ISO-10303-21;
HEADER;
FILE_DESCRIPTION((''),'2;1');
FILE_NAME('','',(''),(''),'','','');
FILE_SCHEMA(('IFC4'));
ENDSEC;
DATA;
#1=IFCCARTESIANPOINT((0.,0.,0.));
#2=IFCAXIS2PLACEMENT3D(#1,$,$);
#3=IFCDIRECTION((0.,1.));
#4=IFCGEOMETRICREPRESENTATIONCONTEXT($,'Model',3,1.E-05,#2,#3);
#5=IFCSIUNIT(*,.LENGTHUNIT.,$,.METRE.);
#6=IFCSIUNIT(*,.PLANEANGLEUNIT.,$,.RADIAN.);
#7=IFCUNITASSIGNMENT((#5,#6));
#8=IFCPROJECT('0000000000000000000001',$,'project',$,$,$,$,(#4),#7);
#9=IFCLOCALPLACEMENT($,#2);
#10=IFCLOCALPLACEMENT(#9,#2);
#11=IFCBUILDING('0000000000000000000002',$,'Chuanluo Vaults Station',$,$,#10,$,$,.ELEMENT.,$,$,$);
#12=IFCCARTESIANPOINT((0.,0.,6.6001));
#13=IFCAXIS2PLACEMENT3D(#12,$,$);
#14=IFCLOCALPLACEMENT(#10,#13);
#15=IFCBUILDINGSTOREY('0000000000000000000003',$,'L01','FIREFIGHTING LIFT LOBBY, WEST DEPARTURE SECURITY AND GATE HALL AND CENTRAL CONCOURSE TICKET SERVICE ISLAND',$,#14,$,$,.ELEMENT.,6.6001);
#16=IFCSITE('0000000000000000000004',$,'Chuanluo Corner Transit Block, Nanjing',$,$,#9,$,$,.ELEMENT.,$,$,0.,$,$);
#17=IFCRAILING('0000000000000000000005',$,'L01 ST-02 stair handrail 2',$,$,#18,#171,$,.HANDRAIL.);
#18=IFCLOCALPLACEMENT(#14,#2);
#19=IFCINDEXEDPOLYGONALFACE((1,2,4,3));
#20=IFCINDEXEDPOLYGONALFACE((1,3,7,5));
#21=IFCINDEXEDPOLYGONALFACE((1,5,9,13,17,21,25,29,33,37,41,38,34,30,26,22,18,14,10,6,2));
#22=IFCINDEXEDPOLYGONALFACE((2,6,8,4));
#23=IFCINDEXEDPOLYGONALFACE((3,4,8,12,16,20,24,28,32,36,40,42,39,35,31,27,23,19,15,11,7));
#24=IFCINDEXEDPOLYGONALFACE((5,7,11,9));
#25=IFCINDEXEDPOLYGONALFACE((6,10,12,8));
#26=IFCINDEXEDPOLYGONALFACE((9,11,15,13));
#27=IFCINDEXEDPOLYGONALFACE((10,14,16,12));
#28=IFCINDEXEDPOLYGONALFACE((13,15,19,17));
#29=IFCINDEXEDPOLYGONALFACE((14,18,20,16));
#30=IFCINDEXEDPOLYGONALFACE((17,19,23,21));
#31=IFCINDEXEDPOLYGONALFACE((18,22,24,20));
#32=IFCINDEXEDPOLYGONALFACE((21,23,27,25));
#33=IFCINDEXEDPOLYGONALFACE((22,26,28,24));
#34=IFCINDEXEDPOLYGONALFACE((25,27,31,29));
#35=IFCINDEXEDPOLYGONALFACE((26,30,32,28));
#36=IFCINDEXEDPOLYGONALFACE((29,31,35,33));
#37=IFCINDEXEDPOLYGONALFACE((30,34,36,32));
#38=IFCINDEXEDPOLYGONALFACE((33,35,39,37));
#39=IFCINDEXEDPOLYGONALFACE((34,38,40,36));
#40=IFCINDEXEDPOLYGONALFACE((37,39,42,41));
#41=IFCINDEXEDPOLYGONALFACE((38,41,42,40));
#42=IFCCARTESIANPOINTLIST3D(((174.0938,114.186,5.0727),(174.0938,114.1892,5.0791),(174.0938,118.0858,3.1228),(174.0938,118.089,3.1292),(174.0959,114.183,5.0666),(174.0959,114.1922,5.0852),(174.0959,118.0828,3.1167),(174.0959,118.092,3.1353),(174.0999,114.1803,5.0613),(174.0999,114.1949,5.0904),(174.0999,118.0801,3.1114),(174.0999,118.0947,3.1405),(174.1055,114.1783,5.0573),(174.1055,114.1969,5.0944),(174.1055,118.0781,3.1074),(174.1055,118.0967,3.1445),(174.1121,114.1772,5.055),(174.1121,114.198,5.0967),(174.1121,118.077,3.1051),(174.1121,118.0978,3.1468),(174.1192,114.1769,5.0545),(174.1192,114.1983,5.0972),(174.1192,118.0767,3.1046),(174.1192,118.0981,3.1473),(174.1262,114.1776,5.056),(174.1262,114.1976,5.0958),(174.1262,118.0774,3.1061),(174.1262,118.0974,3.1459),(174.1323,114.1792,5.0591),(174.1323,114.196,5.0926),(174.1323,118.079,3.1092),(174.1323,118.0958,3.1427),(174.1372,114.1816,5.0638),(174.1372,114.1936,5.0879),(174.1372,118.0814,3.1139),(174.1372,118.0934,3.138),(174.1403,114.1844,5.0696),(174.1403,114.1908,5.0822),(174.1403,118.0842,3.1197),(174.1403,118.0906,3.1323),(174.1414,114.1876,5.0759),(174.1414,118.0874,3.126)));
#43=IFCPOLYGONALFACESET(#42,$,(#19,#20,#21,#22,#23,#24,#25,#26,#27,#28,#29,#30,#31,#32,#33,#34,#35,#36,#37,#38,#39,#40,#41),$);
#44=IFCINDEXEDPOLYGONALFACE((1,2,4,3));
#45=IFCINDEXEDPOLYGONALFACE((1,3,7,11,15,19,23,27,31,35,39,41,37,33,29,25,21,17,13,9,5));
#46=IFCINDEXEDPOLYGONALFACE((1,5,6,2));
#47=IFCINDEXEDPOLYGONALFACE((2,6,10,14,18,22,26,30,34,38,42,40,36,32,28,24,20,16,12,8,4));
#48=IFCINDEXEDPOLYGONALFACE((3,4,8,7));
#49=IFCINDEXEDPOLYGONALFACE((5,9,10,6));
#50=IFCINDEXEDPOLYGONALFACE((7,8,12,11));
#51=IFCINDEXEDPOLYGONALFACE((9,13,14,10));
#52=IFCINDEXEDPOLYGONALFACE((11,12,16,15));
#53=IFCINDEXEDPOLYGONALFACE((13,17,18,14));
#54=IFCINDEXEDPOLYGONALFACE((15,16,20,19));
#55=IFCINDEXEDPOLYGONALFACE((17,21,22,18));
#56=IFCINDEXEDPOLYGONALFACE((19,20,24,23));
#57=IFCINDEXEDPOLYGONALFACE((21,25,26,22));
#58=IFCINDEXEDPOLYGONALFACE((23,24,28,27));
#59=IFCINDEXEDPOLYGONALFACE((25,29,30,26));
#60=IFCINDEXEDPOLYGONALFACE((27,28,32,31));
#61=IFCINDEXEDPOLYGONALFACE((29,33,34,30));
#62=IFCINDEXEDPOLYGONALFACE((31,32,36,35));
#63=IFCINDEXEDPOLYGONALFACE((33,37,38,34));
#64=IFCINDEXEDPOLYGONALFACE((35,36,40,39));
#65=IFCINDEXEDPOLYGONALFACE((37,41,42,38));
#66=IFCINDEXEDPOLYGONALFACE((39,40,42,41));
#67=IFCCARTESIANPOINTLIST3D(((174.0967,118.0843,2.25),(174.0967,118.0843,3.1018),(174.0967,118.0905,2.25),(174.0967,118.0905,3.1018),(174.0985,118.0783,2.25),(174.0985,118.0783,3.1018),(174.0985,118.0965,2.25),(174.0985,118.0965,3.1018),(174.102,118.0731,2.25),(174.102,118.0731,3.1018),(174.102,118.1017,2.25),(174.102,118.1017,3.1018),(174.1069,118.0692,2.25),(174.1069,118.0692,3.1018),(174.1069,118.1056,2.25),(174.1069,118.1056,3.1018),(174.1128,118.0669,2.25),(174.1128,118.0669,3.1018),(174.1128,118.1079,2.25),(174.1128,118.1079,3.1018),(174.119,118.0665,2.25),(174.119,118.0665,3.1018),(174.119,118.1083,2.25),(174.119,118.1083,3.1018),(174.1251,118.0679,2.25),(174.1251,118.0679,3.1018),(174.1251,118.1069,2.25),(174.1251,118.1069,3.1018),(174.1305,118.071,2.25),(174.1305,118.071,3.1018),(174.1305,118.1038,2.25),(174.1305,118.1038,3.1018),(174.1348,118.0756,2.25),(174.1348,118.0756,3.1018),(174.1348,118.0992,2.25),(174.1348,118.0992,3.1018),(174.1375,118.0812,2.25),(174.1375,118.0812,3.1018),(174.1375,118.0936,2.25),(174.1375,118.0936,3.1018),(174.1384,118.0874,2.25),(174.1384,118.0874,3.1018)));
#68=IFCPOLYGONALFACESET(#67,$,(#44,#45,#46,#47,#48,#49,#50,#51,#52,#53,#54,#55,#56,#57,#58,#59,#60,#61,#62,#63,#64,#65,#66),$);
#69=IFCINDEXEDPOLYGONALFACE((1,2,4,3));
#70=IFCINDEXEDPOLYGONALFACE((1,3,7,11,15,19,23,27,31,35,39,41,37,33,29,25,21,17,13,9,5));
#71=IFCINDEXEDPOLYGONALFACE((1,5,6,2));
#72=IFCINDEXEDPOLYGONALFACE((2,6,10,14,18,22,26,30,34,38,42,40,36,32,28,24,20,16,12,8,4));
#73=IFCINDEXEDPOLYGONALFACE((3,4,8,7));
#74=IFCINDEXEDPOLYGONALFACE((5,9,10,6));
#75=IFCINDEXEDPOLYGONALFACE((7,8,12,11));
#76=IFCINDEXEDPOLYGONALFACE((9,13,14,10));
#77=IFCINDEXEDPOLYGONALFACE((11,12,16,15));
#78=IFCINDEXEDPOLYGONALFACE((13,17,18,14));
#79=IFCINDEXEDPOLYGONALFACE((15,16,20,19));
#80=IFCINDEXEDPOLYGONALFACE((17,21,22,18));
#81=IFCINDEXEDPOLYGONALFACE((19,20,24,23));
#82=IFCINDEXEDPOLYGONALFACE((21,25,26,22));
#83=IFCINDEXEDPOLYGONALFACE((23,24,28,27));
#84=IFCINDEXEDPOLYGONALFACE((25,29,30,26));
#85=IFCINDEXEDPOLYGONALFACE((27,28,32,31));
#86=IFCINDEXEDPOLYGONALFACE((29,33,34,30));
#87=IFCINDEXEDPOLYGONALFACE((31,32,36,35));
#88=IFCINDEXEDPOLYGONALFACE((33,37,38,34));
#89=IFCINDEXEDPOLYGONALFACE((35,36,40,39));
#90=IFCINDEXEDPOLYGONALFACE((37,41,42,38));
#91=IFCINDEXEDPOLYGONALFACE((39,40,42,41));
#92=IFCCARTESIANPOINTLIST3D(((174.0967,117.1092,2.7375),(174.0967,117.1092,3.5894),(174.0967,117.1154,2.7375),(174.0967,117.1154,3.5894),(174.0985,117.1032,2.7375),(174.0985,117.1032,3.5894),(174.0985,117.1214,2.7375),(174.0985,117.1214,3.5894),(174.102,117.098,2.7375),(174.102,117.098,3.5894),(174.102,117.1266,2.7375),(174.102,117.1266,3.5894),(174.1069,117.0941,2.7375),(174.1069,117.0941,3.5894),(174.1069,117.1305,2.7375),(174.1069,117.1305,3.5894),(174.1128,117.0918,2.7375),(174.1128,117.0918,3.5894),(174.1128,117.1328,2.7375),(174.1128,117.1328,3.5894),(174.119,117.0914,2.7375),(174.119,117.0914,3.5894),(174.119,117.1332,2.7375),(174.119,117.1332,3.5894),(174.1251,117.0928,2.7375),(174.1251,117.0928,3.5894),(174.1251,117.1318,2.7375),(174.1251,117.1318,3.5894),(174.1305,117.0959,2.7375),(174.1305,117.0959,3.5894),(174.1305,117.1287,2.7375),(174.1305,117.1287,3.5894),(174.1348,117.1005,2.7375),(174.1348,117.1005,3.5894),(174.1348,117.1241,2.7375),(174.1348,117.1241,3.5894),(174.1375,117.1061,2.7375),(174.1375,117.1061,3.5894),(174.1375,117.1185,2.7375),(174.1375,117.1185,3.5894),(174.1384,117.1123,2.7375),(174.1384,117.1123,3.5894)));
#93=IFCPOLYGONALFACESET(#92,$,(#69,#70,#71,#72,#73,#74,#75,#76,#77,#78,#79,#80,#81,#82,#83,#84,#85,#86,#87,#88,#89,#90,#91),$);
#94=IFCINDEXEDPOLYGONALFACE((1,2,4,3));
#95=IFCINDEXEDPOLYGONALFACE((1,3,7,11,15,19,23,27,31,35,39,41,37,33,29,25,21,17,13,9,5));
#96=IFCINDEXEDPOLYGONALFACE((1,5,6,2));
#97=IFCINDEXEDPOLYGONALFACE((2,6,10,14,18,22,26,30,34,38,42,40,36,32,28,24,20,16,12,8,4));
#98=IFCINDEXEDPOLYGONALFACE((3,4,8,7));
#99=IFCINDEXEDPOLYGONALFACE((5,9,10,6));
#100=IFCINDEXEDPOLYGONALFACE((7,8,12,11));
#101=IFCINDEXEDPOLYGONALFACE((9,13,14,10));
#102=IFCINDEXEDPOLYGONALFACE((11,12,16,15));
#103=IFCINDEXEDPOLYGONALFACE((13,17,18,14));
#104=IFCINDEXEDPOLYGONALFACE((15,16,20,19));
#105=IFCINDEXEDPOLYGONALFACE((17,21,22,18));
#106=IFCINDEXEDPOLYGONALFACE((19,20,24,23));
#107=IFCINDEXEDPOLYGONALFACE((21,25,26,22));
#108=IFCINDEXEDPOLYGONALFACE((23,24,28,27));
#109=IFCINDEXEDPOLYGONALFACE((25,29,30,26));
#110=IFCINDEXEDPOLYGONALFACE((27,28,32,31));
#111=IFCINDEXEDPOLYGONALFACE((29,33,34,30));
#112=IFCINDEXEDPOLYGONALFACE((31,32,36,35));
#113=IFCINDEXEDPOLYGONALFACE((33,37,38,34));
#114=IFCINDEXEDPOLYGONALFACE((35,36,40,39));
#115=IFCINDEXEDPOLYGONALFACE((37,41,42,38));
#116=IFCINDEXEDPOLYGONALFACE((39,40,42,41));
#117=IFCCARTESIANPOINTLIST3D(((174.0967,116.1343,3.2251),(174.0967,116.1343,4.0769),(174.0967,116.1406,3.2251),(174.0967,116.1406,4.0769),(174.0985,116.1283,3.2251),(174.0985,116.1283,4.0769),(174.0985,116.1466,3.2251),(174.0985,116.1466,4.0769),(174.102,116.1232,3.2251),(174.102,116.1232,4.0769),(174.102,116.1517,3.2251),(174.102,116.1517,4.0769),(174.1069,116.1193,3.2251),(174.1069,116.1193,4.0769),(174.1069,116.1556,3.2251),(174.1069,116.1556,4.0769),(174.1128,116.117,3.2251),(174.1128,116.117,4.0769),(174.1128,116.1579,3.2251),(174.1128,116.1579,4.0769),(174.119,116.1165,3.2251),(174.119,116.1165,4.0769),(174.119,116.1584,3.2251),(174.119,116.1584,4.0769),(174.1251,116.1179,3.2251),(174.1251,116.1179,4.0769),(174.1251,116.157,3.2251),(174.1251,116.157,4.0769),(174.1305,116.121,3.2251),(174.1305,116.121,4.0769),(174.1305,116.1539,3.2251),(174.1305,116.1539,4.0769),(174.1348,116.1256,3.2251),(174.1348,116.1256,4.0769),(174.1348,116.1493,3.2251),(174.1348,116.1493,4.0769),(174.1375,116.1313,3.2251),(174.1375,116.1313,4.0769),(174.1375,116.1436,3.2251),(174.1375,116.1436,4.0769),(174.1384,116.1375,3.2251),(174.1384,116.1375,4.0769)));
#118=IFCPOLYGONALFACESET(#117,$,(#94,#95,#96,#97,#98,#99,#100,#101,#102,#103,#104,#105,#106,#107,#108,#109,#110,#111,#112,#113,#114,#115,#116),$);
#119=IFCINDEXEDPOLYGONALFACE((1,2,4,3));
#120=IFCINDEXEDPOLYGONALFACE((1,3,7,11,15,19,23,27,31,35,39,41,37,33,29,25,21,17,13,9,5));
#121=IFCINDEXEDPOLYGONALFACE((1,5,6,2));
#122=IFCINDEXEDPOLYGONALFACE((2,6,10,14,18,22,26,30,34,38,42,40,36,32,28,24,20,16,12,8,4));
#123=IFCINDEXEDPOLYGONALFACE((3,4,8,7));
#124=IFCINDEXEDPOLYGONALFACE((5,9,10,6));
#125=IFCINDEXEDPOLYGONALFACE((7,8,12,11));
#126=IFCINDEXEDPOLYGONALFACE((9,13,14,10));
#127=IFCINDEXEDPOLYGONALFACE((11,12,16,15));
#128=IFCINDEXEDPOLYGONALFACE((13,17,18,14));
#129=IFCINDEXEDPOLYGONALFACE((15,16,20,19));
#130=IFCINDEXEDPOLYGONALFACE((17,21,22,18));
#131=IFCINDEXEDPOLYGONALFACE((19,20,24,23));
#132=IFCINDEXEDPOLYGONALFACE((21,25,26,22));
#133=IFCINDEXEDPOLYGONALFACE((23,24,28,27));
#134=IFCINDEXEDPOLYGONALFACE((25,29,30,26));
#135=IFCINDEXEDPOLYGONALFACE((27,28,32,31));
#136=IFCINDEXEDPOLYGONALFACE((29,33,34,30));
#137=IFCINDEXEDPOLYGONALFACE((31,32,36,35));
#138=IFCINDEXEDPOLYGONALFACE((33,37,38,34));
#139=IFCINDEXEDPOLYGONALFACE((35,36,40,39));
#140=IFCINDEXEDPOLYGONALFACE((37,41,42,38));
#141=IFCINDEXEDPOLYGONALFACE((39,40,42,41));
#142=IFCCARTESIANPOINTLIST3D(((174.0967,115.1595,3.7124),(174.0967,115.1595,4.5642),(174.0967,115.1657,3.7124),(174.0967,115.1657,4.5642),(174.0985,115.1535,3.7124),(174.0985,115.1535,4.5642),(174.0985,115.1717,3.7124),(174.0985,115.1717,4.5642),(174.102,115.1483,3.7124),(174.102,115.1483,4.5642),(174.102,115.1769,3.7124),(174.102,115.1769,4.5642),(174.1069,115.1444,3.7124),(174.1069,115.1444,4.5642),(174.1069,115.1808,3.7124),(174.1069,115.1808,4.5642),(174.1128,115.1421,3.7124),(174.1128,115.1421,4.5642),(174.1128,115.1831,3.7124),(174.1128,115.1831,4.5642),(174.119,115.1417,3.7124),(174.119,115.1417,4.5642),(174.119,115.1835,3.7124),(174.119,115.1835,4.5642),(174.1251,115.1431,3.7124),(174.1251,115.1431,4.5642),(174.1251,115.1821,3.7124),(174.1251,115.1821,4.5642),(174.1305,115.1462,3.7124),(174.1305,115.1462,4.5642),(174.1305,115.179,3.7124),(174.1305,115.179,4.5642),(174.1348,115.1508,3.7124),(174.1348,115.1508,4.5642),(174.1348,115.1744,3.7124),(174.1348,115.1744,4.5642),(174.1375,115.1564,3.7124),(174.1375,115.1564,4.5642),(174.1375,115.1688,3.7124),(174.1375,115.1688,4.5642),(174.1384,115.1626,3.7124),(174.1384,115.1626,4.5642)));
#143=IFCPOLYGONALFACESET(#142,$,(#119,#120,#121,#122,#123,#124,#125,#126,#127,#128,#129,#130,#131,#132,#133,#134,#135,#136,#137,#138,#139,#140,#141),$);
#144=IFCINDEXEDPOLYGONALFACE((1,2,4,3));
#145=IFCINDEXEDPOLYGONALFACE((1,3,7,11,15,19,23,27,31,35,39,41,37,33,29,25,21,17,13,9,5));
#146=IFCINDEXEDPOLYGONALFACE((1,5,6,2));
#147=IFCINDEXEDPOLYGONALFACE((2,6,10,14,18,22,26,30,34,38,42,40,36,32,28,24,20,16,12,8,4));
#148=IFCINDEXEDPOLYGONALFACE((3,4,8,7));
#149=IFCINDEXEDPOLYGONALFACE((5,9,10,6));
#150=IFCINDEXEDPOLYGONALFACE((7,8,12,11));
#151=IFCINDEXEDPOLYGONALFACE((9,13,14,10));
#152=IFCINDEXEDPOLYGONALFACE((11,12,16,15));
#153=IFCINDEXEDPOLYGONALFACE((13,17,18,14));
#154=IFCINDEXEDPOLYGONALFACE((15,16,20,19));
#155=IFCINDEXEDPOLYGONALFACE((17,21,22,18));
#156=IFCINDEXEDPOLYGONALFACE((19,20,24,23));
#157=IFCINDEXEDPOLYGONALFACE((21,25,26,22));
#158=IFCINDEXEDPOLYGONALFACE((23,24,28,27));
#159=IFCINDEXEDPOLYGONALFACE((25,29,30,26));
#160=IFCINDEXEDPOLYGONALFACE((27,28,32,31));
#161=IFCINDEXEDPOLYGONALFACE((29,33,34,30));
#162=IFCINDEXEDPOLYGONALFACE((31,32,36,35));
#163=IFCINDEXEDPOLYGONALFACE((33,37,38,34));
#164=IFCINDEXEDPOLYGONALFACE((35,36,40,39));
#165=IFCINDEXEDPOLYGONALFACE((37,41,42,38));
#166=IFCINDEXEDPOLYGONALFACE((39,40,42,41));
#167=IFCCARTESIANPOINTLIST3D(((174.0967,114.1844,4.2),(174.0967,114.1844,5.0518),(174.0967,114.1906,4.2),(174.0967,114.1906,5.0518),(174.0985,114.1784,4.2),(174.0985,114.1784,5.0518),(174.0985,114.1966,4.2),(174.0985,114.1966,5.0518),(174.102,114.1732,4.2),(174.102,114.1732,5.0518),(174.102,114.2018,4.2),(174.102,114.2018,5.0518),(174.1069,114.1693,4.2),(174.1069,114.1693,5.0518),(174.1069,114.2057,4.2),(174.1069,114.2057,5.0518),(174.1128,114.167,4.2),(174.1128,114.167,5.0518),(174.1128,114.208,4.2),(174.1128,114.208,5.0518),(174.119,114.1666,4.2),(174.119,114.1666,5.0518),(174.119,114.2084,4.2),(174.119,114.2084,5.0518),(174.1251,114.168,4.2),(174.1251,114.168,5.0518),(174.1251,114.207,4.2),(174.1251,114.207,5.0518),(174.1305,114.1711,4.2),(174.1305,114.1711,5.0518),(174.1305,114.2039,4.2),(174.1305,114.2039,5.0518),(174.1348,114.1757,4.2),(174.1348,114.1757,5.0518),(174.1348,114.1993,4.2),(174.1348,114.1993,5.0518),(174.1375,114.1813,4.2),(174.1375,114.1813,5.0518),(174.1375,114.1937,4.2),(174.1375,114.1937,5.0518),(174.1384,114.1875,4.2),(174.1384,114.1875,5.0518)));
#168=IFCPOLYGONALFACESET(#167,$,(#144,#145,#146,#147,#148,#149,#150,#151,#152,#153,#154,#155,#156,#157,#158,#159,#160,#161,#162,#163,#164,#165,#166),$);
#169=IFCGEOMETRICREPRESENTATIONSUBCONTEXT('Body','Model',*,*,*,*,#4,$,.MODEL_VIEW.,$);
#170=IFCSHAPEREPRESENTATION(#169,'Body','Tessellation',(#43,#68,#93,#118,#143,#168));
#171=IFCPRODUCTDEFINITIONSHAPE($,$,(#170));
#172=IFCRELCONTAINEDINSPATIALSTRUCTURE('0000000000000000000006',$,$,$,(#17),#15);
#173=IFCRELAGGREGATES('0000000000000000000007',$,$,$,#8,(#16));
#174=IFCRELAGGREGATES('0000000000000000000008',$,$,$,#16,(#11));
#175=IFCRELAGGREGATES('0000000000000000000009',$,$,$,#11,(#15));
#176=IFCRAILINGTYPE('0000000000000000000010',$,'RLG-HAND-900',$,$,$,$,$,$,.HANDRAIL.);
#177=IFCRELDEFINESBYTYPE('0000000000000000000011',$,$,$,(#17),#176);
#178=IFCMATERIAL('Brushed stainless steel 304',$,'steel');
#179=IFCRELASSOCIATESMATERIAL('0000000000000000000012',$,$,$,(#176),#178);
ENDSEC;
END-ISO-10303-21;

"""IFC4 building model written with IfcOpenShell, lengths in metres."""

from ifc_helpers import new_model, si_unit, direction, frame, origin, origin_2d, place, context, subcontext, project, spatial, circle, extrude, material, type_object, element, save


model = new_model("IFC4")

# Units and contexts
model_context = context("Model", 3, precision=1e-05, world=origin(), true_north=direction((0.0, 1.0)))
body_context = subcontext(model_context, "Body", "Model", "MODEL_VIEW")
ifc_project = project(units=[si_unit("LENGTHUNIT", "METRE"), si_unit("PLANEANGLEUNIT", "RADIAN")], contexts=[model_context])

# Site, building, storey
site_placement = place(None, origin())
site = spatial("IfcSite", under=ifc_project, at=site_placement, Name="Chuanluo Corner Transit Block, Nanjing", CompositionType="ELEMENT", RefElevation=0.0)
building_placement = place(site_placement, origin())
building = spatial("IfcBuilding", under=site, at=building_placement, Name="Chuanluo Vaults Station", CompositionType="ELEMENT")
storey_placement = place(building_placement, frame((0.0, 0.0, 6.6001)))
storey = spatial("IfcBuildingStorey", under=building, at=storey_placement, Name="L01", Description="FIREFIGHTING LIFT LOBBY, WEST DEPARTURE SECURITY AND GATE HALL AND CENTRAL CONCOURSE TICKET SERVICE ISLAND", CompositionType="ELEMENT", Elevation=6.6001)

# Railing
ifc_material_1 = material(Name="Brushed stainless steel 304", Category="steel")
railing_type_1 = type_object("IfcRailingType", Name="RLG-HAND-900", PredefinedType="HANDRAIL", material=ifc_material_1)
railing_1_placement = place(storey_placement, frame((174.1174, 118.0874, 2.25)))
element("IfcRailing", 1, at=railing_1_placement, inside=storey, type_object=railing_type_1, Name="L01 ST-02 stair handrail 2", PredefinedType="HANDRAIL", context=body_context, shape_type="SweptSolid", body=[
    extrude(circle(Radius=0.0239, at=origin_2d()), frame((0.0, 0.0, 0.876), z_axis=(0.0, -0.894427, 0.447214), x_axis=(1.0, 0.0, 0.0)), (0.0, 0.0, 1.0), 4.3601),
    extrude(circle(Radius=0.021, at=origin_2d()), origin(), (0.0, 0.0, 1.0), 0.8518),
    extrude(circle(Radius=0.021, at=origin_2d()), frame((0.0, -0.9751, 0.4875)), (0.0, 0.0, 1.0), 0.8518),
    extrude(circle(Radius=0.021, at=origin_2d()), frame((0.0, -1.95, 0.9751)), (0.0, 0.0, 1.0), 0.8518),
    extrude(circle(Radius=0.021, at=origin_2d()), frame((0.0, -2.9248, 1.4624)), (0.0, 0.0, 1.0), 0.8518),
    extrude(circle(Radius=0.021, at=origin_2d()), frame((0.0, -3.8999, 1.95)), (0.0, 0.0, 1.0), 0.8518),
])

save(model, "model.ifc")
